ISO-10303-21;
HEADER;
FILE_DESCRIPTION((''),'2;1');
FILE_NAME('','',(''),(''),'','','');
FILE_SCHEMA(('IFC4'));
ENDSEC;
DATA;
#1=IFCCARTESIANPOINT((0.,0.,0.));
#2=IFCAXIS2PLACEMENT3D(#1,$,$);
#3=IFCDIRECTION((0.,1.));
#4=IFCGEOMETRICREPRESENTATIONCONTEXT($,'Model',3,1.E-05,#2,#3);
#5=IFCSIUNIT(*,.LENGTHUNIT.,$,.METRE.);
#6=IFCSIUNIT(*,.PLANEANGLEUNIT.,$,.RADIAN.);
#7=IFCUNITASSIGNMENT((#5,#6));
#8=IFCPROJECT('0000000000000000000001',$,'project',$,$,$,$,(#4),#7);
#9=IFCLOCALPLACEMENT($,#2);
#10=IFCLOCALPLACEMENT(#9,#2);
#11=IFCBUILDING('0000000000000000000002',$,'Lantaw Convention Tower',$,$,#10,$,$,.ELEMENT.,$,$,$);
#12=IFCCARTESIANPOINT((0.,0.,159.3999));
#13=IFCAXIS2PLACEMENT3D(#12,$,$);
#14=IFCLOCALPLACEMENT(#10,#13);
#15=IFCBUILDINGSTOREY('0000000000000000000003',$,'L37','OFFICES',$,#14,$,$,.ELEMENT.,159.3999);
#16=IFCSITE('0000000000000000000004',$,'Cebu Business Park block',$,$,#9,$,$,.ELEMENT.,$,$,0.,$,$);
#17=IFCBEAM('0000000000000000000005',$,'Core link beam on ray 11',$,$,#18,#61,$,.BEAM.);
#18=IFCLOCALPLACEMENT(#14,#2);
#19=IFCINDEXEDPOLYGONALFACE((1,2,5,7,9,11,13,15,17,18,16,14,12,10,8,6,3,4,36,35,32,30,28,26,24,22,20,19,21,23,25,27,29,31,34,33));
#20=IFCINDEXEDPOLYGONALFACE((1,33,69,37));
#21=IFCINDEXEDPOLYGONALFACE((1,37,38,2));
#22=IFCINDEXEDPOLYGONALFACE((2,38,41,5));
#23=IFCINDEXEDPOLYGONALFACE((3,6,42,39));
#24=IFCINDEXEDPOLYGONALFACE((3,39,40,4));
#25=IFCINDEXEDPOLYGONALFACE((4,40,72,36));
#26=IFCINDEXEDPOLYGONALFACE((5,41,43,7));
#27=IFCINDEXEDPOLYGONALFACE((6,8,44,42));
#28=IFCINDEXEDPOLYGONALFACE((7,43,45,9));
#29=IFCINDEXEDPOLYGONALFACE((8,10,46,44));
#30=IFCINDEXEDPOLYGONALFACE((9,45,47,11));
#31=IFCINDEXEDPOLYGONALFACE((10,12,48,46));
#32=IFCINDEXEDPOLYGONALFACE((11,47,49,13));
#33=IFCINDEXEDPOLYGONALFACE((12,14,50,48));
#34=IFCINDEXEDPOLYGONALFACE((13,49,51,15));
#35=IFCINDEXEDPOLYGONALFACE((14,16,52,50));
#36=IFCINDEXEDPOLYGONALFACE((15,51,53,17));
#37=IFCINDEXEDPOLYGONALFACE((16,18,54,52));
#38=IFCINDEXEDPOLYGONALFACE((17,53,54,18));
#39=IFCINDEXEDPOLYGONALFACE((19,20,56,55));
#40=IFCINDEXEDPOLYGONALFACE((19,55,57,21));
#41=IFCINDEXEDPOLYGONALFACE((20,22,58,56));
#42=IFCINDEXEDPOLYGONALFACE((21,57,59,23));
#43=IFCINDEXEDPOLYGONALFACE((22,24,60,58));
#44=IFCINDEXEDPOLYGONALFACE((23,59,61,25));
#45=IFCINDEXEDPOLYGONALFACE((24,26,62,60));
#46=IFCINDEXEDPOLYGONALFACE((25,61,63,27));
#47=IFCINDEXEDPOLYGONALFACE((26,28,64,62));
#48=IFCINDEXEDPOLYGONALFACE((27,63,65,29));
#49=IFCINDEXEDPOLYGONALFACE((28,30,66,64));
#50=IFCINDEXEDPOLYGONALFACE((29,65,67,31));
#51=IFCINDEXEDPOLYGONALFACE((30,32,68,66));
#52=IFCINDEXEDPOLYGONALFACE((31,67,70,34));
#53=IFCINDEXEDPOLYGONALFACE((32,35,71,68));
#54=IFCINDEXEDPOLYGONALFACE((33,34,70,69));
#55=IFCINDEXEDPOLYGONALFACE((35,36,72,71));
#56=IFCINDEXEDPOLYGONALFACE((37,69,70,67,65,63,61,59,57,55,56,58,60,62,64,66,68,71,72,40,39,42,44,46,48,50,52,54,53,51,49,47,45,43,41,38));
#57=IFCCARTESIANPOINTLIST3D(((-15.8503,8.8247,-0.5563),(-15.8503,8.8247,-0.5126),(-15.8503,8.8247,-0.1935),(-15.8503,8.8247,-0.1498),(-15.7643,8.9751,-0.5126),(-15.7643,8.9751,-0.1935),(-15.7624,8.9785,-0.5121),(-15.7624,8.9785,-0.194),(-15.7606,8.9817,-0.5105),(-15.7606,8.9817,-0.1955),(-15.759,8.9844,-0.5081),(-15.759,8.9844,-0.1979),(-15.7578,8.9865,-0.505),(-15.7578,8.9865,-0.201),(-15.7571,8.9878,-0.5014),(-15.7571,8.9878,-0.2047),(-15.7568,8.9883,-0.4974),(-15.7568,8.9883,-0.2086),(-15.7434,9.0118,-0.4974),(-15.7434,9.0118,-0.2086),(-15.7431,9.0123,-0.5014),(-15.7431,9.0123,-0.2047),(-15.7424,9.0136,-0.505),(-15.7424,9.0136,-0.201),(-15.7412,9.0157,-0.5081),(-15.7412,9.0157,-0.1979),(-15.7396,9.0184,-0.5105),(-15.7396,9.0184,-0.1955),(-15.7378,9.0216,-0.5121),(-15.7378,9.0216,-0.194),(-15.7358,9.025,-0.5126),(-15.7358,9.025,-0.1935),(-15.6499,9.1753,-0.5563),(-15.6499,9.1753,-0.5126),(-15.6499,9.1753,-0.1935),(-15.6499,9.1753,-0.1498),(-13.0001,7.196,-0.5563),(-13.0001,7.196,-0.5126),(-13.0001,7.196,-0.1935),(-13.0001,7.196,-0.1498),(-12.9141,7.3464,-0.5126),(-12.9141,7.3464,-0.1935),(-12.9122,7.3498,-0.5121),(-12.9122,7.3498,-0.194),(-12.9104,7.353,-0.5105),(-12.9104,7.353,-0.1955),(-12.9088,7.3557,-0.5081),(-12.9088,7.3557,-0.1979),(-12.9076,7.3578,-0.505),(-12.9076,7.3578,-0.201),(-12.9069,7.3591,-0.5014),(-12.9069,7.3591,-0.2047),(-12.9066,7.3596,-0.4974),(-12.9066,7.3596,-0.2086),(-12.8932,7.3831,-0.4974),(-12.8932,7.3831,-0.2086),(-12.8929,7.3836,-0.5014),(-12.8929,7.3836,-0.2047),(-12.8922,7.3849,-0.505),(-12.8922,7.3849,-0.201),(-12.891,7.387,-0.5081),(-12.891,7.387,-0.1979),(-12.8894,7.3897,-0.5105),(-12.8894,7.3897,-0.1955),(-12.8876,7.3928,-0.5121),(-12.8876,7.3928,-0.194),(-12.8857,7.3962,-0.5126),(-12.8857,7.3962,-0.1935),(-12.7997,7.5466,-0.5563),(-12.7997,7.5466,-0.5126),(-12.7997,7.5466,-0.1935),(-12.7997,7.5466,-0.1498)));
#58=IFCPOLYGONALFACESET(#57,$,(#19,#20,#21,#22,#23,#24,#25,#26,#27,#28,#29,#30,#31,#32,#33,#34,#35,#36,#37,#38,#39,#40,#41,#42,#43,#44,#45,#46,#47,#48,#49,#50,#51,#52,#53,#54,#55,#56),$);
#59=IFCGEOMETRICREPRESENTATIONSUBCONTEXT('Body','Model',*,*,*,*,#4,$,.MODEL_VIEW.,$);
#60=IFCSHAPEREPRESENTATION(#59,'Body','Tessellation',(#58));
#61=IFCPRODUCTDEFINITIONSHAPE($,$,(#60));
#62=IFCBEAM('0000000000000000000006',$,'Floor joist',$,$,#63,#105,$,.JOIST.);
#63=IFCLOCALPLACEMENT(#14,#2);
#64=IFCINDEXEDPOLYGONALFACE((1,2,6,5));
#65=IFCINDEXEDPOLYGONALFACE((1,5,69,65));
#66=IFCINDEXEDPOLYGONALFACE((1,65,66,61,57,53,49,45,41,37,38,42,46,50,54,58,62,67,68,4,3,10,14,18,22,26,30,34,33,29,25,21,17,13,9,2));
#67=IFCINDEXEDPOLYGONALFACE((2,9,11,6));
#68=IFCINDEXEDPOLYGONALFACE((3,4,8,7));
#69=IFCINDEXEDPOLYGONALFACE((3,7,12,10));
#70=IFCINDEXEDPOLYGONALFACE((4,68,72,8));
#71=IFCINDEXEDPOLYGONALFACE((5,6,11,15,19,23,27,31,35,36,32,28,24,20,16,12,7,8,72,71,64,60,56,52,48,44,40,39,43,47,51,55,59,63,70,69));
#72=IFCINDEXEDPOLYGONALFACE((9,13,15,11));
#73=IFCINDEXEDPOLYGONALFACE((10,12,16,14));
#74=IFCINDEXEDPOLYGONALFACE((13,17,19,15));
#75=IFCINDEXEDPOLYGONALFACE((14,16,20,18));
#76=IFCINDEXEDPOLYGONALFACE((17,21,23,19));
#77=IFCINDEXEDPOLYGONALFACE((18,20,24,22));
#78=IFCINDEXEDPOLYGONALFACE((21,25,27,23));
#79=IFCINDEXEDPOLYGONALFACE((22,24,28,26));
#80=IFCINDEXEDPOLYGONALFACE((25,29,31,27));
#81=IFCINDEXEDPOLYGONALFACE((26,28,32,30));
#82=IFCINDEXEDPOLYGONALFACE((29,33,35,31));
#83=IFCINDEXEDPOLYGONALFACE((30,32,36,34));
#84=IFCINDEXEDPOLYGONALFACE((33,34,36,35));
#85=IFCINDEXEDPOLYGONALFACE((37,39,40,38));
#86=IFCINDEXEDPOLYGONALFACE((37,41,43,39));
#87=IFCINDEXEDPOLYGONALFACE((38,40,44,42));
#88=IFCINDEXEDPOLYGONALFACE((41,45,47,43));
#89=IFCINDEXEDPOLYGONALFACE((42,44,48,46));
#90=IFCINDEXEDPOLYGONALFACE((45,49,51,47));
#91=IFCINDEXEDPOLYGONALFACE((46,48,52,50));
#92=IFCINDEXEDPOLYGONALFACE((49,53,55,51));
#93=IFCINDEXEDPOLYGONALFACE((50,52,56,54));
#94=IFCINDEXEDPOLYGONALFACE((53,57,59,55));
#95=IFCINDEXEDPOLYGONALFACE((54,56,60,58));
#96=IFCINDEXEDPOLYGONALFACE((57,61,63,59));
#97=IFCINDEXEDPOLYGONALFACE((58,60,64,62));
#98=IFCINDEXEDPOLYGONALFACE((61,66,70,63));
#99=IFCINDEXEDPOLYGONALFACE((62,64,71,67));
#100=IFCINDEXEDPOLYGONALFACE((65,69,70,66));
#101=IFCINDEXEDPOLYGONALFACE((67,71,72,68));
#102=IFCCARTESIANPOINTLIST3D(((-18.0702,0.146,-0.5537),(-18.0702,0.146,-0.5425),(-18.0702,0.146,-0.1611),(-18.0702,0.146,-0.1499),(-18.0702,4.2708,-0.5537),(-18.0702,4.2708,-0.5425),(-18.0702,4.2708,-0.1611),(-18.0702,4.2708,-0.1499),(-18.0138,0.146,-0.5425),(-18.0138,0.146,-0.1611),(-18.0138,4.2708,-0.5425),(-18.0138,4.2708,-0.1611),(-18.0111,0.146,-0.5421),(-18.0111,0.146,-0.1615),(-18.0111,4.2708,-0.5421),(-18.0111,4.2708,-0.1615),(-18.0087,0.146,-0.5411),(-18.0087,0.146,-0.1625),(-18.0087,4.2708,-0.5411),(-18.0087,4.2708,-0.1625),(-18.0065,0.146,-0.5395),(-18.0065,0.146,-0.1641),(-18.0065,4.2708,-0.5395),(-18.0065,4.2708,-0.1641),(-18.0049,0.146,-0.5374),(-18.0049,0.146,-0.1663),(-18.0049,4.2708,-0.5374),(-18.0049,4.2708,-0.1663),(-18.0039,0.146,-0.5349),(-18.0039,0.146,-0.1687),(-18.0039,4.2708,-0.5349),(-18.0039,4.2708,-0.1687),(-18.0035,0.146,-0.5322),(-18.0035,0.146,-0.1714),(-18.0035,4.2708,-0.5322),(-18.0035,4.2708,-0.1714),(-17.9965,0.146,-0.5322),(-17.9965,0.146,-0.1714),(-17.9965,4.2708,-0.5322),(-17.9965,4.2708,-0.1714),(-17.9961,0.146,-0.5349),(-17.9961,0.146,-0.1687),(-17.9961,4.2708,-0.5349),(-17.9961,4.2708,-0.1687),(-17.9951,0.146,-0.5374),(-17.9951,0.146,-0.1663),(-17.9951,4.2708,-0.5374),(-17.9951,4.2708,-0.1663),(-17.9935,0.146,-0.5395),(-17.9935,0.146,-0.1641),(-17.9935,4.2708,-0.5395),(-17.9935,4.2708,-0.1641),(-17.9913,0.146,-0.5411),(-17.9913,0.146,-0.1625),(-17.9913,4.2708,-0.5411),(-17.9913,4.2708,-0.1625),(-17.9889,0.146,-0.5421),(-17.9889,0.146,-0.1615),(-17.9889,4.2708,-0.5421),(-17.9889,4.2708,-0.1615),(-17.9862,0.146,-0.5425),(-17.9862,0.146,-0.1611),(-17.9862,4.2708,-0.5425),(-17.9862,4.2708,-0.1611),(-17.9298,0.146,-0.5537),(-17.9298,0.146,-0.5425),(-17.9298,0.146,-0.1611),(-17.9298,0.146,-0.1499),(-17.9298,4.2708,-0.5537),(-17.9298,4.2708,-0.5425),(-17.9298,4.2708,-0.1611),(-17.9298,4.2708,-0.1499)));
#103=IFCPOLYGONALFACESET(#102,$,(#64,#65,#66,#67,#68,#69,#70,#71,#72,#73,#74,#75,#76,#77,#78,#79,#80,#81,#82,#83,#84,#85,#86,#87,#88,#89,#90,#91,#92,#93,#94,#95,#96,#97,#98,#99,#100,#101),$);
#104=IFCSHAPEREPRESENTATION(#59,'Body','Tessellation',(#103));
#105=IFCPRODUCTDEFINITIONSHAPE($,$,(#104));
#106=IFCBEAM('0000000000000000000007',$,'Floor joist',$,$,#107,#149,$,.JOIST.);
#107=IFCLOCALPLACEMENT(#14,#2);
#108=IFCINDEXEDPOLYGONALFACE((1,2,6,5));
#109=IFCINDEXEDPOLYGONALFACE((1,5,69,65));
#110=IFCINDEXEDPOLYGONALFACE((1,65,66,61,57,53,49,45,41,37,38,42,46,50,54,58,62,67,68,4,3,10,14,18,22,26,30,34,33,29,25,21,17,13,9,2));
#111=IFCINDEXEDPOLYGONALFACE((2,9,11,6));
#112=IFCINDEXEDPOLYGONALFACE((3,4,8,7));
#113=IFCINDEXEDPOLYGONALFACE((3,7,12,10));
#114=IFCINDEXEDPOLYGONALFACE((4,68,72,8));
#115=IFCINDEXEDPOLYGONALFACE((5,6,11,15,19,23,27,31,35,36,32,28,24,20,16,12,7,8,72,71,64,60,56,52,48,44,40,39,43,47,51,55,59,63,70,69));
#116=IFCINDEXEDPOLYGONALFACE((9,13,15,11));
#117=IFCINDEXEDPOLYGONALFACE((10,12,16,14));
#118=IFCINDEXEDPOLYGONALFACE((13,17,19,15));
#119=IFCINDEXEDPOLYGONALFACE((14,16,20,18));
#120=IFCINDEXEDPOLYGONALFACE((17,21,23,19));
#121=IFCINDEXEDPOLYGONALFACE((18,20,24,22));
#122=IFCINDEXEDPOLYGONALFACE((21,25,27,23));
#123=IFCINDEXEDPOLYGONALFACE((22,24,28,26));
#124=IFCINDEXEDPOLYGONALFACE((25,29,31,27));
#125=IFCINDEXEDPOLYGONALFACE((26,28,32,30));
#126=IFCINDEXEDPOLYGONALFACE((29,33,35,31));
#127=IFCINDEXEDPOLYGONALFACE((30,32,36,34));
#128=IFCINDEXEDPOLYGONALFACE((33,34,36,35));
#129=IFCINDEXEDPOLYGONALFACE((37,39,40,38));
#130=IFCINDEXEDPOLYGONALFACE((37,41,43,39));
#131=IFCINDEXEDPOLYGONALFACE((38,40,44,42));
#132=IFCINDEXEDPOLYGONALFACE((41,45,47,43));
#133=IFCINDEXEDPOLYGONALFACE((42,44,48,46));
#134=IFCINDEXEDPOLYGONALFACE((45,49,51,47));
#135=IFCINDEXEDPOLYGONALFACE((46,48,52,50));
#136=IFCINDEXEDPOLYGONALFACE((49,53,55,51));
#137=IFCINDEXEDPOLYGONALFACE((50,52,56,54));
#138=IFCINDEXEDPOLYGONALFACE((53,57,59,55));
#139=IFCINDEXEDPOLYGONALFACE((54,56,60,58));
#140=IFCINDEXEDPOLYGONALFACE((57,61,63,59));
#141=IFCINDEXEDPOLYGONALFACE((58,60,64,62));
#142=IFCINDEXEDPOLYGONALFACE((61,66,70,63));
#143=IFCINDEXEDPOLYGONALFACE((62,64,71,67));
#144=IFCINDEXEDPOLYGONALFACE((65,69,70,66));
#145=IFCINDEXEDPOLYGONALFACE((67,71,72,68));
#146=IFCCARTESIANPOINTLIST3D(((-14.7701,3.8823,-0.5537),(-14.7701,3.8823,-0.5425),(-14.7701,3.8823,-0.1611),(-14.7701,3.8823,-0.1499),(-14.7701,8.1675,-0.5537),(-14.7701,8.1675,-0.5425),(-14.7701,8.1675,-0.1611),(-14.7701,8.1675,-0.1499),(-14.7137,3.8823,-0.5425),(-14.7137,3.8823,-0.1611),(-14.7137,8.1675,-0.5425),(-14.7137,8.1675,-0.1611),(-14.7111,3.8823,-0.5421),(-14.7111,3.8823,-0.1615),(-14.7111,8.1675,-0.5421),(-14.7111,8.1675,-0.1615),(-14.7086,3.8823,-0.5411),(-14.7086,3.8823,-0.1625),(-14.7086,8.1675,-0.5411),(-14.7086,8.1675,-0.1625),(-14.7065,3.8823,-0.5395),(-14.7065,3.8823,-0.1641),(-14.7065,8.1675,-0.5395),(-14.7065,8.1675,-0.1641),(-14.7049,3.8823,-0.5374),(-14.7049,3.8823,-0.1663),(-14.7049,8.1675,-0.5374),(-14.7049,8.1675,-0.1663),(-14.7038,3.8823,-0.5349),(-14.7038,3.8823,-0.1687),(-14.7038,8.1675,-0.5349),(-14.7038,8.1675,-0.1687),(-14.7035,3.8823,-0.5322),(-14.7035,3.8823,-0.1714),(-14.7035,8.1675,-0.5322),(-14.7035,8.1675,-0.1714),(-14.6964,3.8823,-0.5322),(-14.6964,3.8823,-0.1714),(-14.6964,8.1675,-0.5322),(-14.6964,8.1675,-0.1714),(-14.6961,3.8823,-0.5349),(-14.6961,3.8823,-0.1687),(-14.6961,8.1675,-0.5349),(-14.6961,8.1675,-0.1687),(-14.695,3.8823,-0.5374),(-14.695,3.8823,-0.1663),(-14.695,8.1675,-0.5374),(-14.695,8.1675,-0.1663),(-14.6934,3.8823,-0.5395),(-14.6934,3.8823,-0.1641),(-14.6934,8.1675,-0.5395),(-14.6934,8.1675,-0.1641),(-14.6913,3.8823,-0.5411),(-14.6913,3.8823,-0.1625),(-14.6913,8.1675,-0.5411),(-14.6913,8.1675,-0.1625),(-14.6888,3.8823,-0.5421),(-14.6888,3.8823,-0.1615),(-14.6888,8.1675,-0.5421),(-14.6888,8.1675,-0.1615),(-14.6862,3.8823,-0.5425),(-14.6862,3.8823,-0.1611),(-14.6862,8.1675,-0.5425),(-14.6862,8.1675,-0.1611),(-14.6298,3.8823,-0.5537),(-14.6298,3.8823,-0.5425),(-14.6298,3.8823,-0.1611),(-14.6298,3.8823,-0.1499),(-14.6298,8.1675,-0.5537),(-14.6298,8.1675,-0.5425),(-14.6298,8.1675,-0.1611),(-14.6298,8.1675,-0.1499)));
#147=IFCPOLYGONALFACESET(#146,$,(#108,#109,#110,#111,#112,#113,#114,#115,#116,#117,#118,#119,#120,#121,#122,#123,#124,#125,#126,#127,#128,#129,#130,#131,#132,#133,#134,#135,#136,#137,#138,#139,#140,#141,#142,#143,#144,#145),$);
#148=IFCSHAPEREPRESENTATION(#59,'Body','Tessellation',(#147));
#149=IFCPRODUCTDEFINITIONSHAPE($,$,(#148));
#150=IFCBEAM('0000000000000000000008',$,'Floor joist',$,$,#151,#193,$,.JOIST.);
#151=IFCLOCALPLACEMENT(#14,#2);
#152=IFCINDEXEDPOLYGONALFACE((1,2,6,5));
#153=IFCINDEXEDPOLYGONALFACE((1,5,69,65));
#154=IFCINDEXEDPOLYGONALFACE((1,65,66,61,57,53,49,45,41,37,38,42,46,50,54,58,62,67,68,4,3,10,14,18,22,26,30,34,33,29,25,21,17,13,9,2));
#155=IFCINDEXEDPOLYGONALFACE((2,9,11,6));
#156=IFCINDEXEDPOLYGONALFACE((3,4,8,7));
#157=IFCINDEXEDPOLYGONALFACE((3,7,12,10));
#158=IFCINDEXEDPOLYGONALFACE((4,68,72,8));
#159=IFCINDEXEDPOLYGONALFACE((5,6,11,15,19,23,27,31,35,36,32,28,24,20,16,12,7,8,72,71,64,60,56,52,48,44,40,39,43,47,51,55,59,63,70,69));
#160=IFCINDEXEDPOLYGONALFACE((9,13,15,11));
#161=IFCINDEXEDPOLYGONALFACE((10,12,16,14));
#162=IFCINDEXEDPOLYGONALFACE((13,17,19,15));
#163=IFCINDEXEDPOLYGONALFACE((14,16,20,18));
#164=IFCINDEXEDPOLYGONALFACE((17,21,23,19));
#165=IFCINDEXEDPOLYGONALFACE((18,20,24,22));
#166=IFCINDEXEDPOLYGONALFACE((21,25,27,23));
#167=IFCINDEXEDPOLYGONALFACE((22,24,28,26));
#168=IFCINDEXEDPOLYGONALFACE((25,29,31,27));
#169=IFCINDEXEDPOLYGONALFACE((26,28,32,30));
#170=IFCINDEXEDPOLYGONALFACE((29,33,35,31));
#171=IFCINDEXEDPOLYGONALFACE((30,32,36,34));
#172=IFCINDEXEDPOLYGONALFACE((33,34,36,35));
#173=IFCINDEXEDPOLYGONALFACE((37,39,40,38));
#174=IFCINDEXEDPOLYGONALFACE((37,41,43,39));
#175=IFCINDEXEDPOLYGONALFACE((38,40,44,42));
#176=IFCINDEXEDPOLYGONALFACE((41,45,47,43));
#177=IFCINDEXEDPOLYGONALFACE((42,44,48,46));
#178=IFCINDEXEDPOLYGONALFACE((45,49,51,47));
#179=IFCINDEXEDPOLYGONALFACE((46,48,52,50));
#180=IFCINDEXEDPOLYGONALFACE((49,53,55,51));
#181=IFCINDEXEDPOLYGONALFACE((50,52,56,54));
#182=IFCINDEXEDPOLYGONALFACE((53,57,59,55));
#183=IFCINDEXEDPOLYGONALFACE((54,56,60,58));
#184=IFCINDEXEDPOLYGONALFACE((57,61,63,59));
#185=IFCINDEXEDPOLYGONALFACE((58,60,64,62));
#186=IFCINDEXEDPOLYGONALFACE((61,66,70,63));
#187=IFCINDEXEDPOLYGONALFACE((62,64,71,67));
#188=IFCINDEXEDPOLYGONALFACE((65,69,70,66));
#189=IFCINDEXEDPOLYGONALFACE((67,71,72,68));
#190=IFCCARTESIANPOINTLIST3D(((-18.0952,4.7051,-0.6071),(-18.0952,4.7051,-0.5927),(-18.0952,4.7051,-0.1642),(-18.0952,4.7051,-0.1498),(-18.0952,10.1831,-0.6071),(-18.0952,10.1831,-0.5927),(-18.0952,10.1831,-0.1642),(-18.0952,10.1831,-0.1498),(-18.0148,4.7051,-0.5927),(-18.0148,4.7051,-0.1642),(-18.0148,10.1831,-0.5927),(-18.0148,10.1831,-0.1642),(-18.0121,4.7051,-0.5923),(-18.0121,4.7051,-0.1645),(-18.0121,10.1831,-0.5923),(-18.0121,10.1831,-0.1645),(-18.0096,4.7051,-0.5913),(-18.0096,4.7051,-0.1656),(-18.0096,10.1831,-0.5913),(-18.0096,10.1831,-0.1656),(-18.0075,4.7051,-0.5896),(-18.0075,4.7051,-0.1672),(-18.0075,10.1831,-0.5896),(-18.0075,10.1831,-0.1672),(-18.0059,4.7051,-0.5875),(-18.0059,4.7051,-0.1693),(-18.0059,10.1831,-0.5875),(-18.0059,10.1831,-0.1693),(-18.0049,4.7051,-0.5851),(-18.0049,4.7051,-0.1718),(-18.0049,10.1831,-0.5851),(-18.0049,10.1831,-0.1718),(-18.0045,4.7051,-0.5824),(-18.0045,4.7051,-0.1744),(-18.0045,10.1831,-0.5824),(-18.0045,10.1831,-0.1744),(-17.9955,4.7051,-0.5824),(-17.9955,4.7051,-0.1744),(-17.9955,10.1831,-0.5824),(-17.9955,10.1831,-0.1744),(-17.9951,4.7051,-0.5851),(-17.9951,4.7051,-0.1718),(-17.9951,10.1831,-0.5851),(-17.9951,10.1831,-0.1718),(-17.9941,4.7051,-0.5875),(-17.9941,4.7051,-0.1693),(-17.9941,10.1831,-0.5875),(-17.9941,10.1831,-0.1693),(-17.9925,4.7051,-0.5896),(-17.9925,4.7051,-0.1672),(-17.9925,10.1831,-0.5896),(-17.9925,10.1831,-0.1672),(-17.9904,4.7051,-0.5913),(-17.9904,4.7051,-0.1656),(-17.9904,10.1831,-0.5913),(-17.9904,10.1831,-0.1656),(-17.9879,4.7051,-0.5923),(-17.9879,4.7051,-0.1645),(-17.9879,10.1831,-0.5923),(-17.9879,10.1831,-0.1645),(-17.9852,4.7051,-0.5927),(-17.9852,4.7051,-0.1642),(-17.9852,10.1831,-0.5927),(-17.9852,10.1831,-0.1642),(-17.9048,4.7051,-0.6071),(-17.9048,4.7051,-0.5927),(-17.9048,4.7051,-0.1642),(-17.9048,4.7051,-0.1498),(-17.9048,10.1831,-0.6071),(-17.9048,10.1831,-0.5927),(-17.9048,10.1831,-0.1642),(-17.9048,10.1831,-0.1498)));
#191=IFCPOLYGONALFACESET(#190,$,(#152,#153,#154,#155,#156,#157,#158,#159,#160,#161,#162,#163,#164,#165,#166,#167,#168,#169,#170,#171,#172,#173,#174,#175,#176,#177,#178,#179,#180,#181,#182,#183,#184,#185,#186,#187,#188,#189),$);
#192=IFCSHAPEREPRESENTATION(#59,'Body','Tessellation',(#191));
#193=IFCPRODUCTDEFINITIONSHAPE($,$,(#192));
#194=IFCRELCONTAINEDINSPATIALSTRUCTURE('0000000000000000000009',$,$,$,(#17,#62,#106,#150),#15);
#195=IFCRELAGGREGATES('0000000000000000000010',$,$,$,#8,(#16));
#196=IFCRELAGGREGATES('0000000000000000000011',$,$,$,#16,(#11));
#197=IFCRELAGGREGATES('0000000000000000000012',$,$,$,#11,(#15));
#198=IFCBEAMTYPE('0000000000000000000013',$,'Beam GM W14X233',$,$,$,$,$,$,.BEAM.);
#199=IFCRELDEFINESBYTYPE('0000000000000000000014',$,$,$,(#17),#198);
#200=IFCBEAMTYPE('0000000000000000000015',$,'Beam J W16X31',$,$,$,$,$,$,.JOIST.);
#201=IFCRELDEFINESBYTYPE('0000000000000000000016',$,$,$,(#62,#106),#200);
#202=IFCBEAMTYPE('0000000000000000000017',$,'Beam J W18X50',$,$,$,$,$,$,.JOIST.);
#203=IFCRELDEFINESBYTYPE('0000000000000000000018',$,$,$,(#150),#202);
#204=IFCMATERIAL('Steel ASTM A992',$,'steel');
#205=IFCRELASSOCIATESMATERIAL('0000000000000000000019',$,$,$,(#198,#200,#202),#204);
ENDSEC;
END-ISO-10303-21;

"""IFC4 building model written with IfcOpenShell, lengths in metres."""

from ifc_helpers import new_model, si_unit, direction, frame, origin, origin_2d, place, context, subcontext, project, spatial, i_section, extrude, material, material_profile, profile_set, type_object, element, save


model = new_model("IFC4")

# Units and contexts
model_context = context("Model", 3, precision=1e-05, world=origin(), true_north=direction((0.0, 1.0)))
body_context = subcontext(model_context, "Body", "Model", "MODEL_VIEW")
ifc_project = project(units=[si_unit("LENGTHUNIT", "METRE"), si_unit("PLANEANGLEUNIT", "RADIAN")], contexts=[model_context])

# Site, building, storey
site_placement = place(None, origin())
site = spatial("IfcSite", under=ifc_project, at=site_placement, Name="Cebu Business Park block", CompositionType="ELEMENT", RefElevation=0.0)
building_placement = place(site_placement, origin())
building = spatial("IfcBuilding", under=site, at=building_placement, Name="Lantaw Convention Tower", CompositionType="ELEMENT")
storey_placement = place(building_placement, frame((0.0, 0.0, 159.3999)))
storey = spatial("IfcBuildingStorey", under=building, at=storey_placement, Name="L37", Description="OFFICES", CompositionType="ELEMENT", Elevation=159.3999)

# Beams
ifc_material_1 = material(Name="Steel ASTM A992", Category="steel")
ifc_material_profile_1 = material_profile(ifc_material_1, i_section(OverallWidth=0.4038, OverallDepth=0.4065, WebThickness=0.0271, FlangeThickness=0.0437, FilletRadius=0.0151, at=origin_2d()), Name="W14X233")
ifc_profile_set_1 = profile_set([ifc_material_profile_1], Name="Steel ASTM A992")
beam_type_1 = type_object("IfcBeamType", Name="Beam GM W14X233", PredefinedType="BEAM", material=ifc_profile_set_1)
beam_1_placement = place(storey_placement, frame((-12.8999, 7.3713, -0.353), z_axis=(-0.868239, 0.496147, 0.0), x_axis=(-0.496147, -0.868239, 0.0)))
element("IfcBeam", 1, at=beam_1_placement, inside=storey, type_object=beam_type_1, Name="Core link beam on ray 11", PredefinedType="BEAM", context=body_context, shape_type="SweptSolid", body=[
    extrude(i_section(OverallWidth=0.4038, OverallDepth=0.4065, WebThickness=0.0271, FlangeThickness=0.0437, FilletRadius=0.0151, at=origin_2d()), origin(), (0.0, 0.0, 1.0), 3.2827),
])
ifc_material_profile_2 = material_profile(ifc_material_1, i_section(OverallWidth=0.1404, OverallDepth=0.4038, WebThickness=0.0071, FlangeThickness=0.0112, FilletRadius=0.0103, at=origin_2d()), Name="W16X31")
ifc_profile_set_2 = profile_set([ifc_material_profile_2], Name="Steel ASTM A992")
beam_type_2 = type_object("IfcBeamType", Name="Beam J W16X31", PredefinedType="JOIST", material=ifc_profile_set_2)
beam_2_placement = place(storey_placement, frame((-18.0, 0.146, -0.3518), z_axis=(0.0, 1.0, 0.0), x_axis=(-1.0, 0.0, 0.0)))
element("IfcBeam", 2, at=beam_2_placement, inside=storey, type_object=beam_type_2, Name="Floor joist", PredefinedType="JOIST", context=body_context, shape_type="SweptSolid", body=[
    extrude(i_section(OverallWidth=0.1404, OverallDepth=0.4038, WebThickness=0.0071, FlangeThickness=0.0112, FilletRadius=0.0103, at=origin_2d()), origin(), (0.0, 0.0, 1.0), 4.1248),
])
beam_3_placement = place(storey_placement, frame((-14.7, 3.8823, -0.3518), z_axis=(0.0, 1.0, 0.0), x_axis=(-1.0, 0.0, 0.0)))
element("IfcBeam", 3, at=beam_3_placement, inside=storey, type_object=beam_type_2, Name="Floor joist", PredefinedType="JOIST", context=body_context, shape_type="SweptSolid", body=[
    extrude(i_section(OverallWidth=0.1404, OverallDepth=0.4038, WebThickness=0.0071, FlangeThickness=0.0112, FilletRadius=0.0103, at=origin_2d()), origin(), (0.0, 0.0, 1.0), 4.2852),
])
ifc_material_profile_3 = material_profile(ifc_material_1, i_section(OverallWidth=0.1904, OverallDepth=0.4573, WebThickness=0.009, FlangeThickness=0.0144, FilletRadius=0.0103, at=origin_2d()), Name="W18X50")
ifc_profile_set_3 = profile_set([ifc_material_profile_3], Name="Steel ASTM A992")
beam_type_3 = type_object("IfcBeamType", Name="Beam J W18X50", PredefinedType="JOIST", material=ifc_profile_set_3)
beam_4_placement = place(storey_placement, frame((-18.0, 4.7051, -0.3784), z_axis=(0.0, 1.0, 0.0), x_axis=(-1.0, 0.0, 0.0)))
element("IfcBeam", 4, at=beam_4_placement, inside=storey, type_object=beam_type_3, Name="Floor joist", PredefinedType="JOIST", context=body_context, shape_type="SweptSolid", body=[
    extrude(i_section(OverallWidth=0.1904, OverallDepth=0.4573, WebThickness=0.009, FlangeThickness=0.0144, FilletRadius=0.0103, at=origin_2d()), origin(), (0.0, 0.0, 1.0), 5.478),
])

save(model, "model.ifc")
